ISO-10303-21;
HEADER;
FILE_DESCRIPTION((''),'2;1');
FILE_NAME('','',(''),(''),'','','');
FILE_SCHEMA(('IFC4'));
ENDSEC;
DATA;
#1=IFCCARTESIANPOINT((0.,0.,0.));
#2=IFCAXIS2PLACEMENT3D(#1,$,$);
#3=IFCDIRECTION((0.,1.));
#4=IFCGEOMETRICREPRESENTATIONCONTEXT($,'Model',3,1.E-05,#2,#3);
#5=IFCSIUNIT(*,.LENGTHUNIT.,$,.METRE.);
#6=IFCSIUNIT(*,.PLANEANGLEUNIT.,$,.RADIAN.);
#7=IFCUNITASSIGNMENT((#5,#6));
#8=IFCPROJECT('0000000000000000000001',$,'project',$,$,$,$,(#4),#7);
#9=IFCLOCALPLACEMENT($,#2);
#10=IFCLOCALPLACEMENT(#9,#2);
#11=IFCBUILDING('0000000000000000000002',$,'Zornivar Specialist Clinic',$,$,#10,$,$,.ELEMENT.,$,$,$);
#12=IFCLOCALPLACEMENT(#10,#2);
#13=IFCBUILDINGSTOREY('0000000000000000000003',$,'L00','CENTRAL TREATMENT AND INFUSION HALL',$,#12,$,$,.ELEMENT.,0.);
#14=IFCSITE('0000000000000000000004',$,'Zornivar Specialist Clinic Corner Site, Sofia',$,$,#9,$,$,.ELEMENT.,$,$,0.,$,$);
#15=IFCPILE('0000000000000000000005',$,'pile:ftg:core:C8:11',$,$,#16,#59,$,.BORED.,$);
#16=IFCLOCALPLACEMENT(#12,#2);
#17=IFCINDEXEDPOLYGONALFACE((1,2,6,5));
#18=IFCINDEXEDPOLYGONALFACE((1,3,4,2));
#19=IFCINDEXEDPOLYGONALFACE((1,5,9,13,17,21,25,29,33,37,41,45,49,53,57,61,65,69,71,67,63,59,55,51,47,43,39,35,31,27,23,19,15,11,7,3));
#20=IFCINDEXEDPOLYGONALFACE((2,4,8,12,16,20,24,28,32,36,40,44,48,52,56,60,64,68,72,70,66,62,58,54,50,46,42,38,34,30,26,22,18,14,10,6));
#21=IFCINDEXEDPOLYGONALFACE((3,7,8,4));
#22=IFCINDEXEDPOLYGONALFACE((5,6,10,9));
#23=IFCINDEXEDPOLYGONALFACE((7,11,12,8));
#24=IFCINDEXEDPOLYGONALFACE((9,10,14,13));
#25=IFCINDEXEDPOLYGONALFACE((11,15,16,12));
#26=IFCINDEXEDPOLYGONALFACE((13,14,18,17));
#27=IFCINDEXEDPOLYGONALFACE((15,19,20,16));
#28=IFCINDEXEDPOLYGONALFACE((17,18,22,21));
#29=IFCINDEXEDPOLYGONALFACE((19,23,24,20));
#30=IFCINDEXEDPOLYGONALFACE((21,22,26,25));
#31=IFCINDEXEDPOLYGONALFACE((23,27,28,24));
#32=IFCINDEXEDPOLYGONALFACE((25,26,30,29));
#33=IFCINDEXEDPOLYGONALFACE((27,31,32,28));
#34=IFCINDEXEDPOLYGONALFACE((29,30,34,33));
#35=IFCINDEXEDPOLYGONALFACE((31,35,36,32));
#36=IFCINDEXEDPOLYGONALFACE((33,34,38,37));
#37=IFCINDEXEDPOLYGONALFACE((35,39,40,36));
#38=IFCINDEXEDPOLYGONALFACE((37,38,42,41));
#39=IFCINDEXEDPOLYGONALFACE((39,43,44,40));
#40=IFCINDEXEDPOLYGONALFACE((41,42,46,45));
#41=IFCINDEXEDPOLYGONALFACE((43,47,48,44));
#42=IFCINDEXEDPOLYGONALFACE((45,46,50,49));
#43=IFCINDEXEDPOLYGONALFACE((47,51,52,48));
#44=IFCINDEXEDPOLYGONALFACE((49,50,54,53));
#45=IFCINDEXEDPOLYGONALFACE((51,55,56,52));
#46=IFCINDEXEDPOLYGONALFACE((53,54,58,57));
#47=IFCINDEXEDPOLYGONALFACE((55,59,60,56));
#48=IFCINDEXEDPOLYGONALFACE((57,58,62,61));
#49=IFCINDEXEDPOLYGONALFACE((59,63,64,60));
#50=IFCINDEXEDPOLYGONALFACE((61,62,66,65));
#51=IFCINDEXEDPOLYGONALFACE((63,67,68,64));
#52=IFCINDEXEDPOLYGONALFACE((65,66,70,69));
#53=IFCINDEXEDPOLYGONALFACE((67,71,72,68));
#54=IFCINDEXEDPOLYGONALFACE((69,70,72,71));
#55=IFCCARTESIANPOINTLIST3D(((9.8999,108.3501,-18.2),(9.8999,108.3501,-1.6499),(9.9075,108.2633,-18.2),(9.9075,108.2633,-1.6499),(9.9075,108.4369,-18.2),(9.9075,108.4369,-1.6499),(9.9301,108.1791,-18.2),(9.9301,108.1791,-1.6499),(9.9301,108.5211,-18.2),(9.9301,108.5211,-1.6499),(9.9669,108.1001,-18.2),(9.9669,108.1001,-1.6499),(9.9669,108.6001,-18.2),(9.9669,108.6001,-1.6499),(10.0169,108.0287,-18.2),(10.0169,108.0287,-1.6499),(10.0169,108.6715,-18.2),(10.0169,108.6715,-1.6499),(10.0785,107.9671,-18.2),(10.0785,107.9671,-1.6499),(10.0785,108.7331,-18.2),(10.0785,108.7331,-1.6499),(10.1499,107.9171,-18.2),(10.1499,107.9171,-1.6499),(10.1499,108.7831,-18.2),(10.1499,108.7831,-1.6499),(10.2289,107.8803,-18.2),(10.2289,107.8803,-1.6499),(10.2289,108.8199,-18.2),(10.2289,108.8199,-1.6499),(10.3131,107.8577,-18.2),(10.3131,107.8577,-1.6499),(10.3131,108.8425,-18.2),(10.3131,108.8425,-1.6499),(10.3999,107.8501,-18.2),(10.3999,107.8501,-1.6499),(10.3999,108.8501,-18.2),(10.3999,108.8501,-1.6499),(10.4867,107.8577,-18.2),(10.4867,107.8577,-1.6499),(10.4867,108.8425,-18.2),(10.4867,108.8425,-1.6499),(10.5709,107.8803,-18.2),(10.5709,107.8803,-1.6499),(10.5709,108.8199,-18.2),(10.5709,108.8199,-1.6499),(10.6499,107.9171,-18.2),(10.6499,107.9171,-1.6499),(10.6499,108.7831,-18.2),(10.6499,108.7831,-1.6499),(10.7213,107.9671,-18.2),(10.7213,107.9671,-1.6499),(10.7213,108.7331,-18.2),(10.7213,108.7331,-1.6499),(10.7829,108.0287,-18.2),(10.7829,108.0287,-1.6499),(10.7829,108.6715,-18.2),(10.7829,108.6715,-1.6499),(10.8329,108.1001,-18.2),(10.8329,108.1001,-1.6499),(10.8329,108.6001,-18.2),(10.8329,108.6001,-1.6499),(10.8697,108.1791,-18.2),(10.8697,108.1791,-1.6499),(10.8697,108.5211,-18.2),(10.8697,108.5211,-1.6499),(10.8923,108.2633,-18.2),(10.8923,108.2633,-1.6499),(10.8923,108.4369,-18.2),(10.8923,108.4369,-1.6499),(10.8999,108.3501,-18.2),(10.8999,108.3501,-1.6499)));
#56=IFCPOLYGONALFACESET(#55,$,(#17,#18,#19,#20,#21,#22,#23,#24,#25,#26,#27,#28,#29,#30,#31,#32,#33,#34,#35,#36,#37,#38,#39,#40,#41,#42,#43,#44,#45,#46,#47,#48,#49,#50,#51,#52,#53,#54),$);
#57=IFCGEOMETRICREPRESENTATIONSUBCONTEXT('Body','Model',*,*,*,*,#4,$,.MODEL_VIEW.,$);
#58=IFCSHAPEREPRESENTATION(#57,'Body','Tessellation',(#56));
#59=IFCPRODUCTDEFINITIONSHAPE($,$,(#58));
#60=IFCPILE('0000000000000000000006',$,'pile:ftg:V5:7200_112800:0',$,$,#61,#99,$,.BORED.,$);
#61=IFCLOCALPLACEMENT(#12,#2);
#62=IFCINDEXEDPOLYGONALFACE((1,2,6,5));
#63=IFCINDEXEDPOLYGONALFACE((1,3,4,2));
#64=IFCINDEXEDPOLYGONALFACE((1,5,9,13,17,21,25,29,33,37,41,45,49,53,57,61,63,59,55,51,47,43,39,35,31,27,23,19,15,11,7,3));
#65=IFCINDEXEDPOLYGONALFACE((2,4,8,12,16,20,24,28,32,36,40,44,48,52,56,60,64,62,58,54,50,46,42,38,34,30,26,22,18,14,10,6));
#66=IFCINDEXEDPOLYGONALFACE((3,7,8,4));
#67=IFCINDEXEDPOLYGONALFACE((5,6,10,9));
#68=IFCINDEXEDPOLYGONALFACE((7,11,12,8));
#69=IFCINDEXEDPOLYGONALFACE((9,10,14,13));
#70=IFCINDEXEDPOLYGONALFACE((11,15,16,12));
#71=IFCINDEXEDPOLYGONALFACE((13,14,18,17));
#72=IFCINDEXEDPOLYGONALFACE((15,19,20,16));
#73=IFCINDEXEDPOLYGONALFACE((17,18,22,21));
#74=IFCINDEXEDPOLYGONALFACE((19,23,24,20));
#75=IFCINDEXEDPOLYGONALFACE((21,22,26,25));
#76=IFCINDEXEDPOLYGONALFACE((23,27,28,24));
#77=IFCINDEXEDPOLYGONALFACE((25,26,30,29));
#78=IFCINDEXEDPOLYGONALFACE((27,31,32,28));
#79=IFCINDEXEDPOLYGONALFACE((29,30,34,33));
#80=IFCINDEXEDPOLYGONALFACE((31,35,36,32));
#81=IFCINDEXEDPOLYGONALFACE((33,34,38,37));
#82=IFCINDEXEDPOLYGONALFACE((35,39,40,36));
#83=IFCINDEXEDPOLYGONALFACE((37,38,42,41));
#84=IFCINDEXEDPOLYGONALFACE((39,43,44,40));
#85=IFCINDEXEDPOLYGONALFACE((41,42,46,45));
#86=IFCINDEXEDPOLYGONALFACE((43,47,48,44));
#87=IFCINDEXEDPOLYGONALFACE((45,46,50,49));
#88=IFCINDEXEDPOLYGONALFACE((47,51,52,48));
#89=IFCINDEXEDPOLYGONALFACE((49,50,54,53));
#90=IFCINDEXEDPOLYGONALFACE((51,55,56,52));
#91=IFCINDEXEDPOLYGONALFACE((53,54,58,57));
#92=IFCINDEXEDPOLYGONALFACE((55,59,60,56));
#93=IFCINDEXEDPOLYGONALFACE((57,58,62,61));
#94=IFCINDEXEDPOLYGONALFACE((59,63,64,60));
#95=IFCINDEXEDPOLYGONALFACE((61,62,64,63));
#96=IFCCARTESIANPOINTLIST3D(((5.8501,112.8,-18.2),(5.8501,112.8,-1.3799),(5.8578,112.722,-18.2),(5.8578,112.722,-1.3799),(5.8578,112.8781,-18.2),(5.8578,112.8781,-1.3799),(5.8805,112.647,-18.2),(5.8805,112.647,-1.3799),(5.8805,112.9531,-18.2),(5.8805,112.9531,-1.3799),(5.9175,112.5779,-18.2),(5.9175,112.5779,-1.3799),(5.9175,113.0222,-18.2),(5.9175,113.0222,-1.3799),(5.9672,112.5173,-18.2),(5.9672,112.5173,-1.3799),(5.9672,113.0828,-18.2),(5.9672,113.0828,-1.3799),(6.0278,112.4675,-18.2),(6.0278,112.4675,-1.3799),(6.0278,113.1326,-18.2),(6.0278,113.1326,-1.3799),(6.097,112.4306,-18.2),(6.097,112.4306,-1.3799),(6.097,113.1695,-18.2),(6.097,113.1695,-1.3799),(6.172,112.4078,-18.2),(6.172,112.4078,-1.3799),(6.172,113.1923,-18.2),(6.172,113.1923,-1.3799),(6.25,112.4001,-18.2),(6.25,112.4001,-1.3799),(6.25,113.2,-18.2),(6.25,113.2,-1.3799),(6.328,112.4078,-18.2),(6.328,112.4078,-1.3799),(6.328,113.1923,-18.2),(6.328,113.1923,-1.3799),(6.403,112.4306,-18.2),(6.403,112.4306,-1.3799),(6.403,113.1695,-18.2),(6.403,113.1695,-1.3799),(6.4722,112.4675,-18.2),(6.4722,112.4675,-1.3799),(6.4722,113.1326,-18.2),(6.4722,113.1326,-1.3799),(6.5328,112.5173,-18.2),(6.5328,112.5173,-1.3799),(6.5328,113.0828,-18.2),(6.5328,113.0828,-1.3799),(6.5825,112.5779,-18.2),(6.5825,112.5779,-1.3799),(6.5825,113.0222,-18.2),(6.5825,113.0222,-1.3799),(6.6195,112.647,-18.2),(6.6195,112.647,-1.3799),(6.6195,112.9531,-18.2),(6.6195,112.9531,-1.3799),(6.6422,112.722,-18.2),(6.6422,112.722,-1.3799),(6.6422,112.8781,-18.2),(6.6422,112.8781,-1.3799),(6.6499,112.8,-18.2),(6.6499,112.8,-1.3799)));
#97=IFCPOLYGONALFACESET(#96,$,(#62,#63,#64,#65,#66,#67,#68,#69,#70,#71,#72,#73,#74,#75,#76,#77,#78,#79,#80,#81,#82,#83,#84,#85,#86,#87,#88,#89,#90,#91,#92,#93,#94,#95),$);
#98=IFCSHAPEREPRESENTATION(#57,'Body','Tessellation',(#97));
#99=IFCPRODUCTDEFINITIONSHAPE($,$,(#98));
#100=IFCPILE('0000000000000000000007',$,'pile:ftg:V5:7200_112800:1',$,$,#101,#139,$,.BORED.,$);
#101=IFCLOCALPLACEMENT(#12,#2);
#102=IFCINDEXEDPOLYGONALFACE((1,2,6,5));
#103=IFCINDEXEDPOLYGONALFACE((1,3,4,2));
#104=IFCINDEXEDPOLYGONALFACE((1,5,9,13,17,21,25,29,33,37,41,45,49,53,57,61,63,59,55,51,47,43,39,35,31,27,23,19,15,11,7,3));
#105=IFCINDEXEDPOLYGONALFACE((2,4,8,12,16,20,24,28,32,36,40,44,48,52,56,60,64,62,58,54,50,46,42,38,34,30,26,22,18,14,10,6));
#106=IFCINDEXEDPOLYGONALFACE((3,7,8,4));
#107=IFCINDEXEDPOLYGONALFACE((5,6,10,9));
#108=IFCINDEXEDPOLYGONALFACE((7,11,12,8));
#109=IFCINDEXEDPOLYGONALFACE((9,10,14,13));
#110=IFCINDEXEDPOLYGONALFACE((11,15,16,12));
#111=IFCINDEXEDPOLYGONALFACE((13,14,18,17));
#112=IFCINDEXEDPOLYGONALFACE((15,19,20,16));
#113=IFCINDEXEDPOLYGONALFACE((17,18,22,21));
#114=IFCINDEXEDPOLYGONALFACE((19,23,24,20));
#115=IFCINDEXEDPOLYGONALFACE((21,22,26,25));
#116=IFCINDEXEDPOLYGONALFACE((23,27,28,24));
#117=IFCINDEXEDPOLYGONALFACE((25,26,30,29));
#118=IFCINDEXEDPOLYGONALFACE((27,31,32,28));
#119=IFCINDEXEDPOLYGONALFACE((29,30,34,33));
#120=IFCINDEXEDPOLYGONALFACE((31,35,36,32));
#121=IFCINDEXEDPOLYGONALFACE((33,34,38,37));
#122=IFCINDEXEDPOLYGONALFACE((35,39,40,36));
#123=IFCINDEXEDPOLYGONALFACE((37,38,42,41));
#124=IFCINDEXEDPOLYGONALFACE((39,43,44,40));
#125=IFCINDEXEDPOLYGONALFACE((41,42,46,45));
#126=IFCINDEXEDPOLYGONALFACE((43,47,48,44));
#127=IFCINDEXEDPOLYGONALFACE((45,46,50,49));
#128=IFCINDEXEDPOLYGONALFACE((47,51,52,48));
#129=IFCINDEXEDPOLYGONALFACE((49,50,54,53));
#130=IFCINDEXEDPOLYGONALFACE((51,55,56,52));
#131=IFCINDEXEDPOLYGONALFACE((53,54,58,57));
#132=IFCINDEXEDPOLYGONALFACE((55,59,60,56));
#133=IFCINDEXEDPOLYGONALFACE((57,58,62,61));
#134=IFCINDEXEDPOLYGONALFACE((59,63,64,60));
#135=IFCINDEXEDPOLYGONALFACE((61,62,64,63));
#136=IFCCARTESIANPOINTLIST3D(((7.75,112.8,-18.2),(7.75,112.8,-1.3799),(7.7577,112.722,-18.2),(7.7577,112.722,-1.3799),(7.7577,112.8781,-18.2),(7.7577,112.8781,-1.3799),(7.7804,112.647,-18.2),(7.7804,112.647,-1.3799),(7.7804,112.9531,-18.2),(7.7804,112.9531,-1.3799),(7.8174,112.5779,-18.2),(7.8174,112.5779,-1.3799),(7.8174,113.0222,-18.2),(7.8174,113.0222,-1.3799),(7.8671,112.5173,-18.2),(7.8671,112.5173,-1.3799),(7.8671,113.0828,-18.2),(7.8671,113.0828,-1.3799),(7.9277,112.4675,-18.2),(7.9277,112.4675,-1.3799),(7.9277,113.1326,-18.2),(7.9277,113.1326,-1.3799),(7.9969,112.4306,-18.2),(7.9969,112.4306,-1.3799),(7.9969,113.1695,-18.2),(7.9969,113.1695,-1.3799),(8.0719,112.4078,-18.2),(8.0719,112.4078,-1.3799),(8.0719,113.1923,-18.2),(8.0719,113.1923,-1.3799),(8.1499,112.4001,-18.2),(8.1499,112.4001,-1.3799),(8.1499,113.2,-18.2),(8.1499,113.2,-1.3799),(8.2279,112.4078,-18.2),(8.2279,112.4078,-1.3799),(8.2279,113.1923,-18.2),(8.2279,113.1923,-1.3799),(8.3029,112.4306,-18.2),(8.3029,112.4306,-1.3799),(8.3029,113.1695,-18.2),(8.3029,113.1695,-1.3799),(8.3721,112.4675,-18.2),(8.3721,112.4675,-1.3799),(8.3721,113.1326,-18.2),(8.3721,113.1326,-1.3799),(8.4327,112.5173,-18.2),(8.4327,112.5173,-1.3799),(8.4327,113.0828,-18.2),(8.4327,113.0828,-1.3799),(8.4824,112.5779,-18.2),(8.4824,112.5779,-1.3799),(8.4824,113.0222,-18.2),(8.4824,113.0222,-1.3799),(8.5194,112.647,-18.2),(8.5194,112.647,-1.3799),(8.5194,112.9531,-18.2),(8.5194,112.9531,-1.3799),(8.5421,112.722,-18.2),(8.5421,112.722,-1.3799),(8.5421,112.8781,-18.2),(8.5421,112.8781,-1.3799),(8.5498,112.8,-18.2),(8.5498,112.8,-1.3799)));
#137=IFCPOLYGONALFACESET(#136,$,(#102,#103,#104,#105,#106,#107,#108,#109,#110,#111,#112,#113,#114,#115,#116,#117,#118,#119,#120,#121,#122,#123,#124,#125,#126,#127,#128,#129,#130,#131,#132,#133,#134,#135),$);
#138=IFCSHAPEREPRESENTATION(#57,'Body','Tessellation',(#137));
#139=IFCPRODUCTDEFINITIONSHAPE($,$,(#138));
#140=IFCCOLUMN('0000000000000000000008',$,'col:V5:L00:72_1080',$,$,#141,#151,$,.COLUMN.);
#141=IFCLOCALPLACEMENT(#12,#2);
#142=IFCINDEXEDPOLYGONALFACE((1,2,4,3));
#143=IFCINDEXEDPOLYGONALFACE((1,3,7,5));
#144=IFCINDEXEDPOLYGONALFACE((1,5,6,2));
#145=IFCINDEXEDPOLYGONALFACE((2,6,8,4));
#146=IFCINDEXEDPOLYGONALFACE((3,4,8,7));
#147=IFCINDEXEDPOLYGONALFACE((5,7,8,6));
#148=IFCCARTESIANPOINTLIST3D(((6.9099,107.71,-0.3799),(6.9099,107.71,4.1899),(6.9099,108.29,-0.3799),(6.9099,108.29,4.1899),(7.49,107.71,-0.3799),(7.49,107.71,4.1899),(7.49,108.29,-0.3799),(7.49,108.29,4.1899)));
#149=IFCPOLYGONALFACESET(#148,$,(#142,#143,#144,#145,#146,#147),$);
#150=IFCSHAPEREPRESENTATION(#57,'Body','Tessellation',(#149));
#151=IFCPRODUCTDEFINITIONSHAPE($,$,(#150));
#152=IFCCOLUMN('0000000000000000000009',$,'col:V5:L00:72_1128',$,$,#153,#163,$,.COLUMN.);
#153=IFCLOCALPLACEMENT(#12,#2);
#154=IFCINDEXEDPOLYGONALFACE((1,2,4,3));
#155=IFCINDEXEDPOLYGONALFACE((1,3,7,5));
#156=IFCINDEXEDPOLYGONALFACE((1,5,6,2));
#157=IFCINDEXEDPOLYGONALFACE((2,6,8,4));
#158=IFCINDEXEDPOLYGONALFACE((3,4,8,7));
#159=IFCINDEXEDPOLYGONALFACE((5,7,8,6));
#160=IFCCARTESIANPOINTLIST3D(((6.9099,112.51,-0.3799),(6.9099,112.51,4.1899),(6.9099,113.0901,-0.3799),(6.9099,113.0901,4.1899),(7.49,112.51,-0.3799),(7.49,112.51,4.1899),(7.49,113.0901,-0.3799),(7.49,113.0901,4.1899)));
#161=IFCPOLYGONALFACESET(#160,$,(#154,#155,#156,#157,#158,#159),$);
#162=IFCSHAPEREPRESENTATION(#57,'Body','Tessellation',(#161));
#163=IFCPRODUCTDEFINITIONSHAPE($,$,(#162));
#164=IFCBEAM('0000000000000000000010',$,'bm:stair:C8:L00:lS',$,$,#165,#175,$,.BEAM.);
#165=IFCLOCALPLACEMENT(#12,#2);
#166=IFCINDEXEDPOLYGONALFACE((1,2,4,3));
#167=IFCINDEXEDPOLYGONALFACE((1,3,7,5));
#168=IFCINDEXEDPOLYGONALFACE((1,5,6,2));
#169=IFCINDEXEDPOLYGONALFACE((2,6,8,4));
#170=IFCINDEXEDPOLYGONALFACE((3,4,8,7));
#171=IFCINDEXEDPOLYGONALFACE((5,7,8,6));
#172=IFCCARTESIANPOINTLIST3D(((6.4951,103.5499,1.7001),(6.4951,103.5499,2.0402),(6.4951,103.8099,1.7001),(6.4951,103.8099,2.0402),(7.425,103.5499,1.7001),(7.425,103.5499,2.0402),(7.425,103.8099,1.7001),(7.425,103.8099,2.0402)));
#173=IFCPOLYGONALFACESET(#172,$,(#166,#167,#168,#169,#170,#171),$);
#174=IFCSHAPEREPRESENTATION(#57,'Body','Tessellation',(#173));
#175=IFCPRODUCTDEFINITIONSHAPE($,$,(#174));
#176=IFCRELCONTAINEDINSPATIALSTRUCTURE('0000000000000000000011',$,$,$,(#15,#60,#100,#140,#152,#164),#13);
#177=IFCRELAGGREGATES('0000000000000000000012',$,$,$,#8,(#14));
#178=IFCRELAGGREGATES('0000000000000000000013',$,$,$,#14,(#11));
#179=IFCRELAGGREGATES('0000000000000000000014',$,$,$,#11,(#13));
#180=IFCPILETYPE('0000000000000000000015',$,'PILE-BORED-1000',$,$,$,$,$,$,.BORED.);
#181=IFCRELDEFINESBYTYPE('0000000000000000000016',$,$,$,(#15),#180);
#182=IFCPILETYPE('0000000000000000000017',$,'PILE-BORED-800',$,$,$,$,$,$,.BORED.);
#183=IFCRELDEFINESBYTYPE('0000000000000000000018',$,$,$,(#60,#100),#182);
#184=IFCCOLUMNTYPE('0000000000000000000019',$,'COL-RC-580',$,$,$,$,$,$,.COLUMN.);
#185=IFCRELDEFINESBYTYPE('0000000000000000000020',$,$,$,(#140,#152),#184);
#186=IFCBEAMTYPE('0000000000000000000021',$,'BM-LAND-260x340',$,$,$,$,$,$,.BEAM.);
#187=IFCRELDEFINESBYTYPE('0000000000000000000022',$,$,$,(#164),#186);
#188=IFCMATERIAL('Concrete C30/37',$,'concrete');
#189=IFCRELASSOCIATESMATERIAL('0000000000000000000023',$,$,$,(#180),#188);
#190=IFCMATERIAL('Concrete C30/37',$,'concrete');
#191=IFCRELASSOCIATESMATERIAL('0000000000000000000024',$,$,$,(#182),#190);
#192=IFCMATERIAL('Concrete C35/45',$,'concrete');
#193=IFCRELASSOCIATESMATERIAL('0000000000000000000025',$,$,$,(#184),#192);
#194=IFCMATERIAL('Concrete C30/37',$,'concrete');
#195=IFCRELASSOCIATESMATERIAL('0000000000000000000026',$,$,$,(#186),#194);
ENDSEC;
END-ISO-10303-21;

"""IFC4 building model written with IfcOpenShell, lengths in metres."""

from ifc_helpers import new_model, si_unit, direction, frame, origin, origin_2d, place, context, subcontext, project, spatial, rectangle, circle, extrude, material, material_profile, profile_set, type_object, element, save


model = new_model("IFC4")

# Units and contexts
model_context = context("Model", 3, precision=1e-05, world=origin(), true_north=direction((0.0, 1.0)))
body_context = subcontext(model_context, "Body", "Model", "MODEL_VIEW")
ifc_project = project(units=[si_unit("LENGTHUNIT", "METRE"), si_unit("PLANEANGLEUNIT", "RADIAN")], contexts=[model_context])

# Site, building, storey
site_placement = place(None, origin())
site = spatial("IfcSite", under=ifc_project, at=site_placement, Name="Zornivar Specialist Clinic Corner Site, Sofia", CompositionType="ELEMENT", RefElevation=0.0)
building_placement = place(site_placement, origin())
building = spatial("IfcBuilding", under=site, at=building_placement, Name="Zornivar Specialist Clinic", CompositionType="ELEMENT")
storey_placement = place(building_placement, origin())
storey = spatial("IfcBuildingStorey", under=building, at=storey_placement, Name="L00", Description="CENTRAL TREATMENT AND INFUSION HALL", CompositionType="ELEMENT", Elevation=0.0)

# Piles
ifc_material_1 = material(Name="Concrete C30/37", Category="concrete")
ifc_material_profile_1 = material_profile(ifc_material_1, circle(Radius=0.5, at=origin_2d()), Name="PILE D1000")
ifc_profile_set_1 = profile_set([ifc_material_profile_1], Name="Concrete C30/37")
pile_type_1 = type_object("IfcPileType", Name="PILE-BORED-1000", PredefinedType="BORED", material=ifc_profile_set_1)
for number, where, z_axis, x_axis, name in (
    (1, (10.3999, 108.3501, -1.6499), (0.0, 0.0, -1.0), (1.0, 0.0, 0.0), "pile:ftg:core:C8:11"),
):
    element("IfcPile", number, at=place(storey_placement, frame(where, z_axis=z_axis, x_axis=x_axis)), inside=storey, type_object=pile_type_1, Name=name, PredefinedType="BORED", context=body_context, shape_type="SweptSolid", body=[
        extrude(circle(Radius=0.5, at=origin_2d()), origin(), (0.0, 0.0, 1.0), 16.55),
    ])
ifc_material_2 = material(Name="Concrete C30/37", Category="concrete")
ifc_material_profile_2 = material_profile(ifc_material_2, circle(Radius=0.3999, at=origin_2d()), Name="PILE D800")
ifc_profile_set_2 = profile_set([ifc_material_profile_2], Name="Concrete C30/37")
pile_type_2 = type_object("IfcPileType", Name="PILE-BORED-800", PredefinedType="BORED", material=ifc_profile_set_2)
for number, where, z_axis, x_axis, name in (
    (2, (6.25, 112.8, -1.3799), (0.0, 0.0, -1.0), (1.0, 0.0, 0.0), "pile:ftg:V5:7200_112800:0"),
    (3, (8.1499, 112.8, -1.3799), (0.0, 0.0, -1.0), (1.0, 0.0, 0.0), "pile:ftg:V5:7200_112800:1"),
):
    element("IfcPile", number, at=place(storey_placement, frame(where, z_axis=z_axis, x_axis=x_axis)), inside=storey, type_object=pile_type_2, Name=name, PredefinedType="BORED", context=body_context, shape_type="SweptSolid", body=[
        extrude(circle(Radius=0.3999, at=origin_2d()), origin(), (0.0, 0.0, 1.0), 16.8201),
    ])

# Columns
ifc_material_3 = material(Name="Concrete C35/45", Category="concrete")
ifc_material_profile_3 = material_profile(ifc_material_3, rectangle(XDim=0.5801, YDim=0.5801, at=origin_2d()), Name="RC 580x580")
ifc_profile_set_3 = profile_set([ifc_material_profile_3], Name="Concrete C35/45")
column_type = type_object("IfcColumnType", Name="COL-RC-580", PredefinedType="COLUMN", material=ifc_profile_set_3)
for number, where, z_axis, x_axis, name in (
    (4, (7.2, 108.0, -0.3799), (0.0, 0.0, 1.0), (1.0, 0.0, 0.0), "col:V5:L00:72_1080"),
    (5, (7.2, 112.8, -0.3799), (0.0, 0.0, 1.0), (1.0, 0.0, 0.0), "col:V5:L00:72_1128"),
):
    element("IfcColumn", number, at=place(storey_placement, frame(where, z_axis=z_axis, x_axis=x_axis)), inside=storey, type_object=column_type, Name=name, PredefinedType="COLUMN", context=body_context, shape_type="SweptSolid", body=[
        extrude(rectangle(XDim=0.5801, YDim=0.5801, at=origin_2d()), origin(), (0.0, 0.0, 1.0), 4.5698),
    ])

# Beam
ifc_material_4 = material(Name="Concrete C30/37", Category="concrete")
ifc_material_profile_4 = material_profile(ifc_material_4, rectangle(XDim=0.26, YDim=0.3401, at=origin_2d()), Name="RC 260x340")
ifc_profile_set_4 = profile_set([ifc_material_profile_4], Name="Concrete C30/37")
beam_type = type_object("IfcBeamType", Name="BM-LAND-260x340", PredefinedType="BEAM", material=ifc_profile_set_4)
beam_placement = place(storey_placement, frame((6.4951, 103.6799, 1.8701), z_axis=(1.0, 0.0, 0.0), x_axis=(0.0, 1.0, 0.0)))
element("IfcBeam", 6, at=beam_placement, inside=storey, type_object=beam_type, Name="bm:stair:C8:L00:lS", PredefinedType="BEAM", context=body_context, shape_type="SweptSolid", body=[
    extrude(rectangle(XDim=0.26, YDim=0.3401, at=origin_2d()), origin(), (0.0, 0.0, 1.0), 0.9299),
])

save(model, "model.ifc")
